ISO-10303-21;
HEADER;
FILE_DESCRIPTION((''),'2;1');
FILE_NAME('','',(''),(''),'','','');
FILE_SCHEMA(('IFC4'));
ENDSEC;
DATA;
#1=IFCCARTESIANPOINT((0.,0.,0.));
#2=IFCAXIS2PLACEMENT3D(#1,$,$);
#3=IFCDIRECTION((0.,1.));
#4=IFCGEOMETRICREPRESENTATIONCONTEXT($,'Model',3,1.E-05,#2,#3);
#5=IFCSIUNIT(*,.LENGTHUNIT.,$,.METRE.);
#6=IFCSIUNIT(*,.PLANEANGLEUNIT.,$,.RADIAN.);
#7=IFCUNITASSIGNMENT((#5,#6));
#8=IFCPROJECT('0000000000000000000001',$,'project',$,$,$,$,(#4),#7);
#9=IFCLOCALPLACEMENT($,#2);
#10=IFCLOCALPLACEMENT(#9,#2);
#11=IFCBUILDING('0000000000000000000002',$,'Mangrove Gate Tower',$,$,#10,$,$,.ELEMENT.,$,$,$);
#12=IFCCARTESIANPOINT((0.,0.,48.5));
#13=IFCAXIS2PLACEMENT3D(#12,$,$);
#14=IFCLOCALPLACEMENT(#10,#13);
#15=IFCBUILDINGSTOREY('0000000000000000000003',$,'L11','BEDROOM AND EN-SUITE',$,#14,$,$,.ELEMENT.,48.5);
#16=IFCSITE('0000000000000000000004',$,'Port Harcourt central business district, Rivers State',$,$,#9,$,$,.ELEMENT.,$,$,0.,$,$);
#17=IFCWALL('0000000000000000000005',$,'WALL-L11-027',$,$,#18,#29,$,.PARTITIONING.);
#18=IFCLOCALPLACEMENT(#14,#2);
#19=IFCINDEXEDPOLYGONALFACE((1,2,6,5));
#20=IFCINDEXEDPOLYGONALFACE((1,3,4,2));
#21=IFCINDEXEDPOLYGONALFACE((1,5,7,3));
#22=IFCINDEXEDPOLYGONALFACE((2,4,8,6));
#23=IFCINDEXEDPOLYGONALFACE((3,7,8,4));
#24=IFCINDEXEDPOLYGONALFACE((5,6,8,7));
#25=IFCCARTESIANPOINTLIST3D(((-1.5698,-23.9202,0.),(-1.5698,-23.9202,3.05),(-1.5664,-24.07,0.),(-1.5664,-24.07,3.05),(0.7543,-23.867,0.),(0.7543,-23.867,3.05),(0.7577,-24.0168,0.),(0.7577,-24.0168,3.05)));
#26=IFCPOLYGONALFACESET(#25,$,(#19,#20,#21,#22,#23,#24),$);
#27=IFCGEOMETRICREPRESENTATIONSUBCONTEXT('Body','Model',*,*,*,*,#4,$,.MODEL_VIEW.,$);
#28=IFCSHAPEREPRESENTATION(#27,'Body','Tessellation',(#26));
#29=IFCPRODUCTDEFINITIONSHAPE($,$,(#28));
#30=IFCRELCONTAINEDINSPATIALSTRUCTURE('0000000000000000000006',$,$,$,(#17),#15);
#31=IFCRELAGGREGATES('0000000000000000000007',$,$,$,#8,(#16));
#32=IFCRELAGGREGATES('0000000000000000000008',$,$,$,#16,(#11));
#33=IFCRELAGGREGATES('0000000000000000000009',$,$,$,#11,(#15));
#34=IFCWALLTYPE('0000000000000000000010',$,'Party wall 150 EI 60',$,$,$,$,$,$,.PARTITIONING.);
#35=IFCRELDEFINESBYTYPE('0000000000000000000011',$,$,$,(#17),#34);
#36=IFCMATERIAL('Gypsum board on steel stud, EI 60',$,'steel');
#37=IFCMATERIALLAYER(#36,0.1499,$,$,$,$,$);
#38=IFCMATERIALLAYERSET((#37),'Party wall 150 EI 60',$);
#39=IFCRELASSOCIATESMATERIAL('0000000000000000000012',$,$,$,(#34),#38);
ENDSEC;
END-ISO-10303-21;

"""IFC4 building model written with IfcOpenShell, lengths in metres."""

from ifc_helpers import new_model, si_unit, direction, frame, frame_2d, origin, place, context, subcontext, project, spatial, rectangle, extrude, material, layer, layer_set, type_object, element, save


model = new_model("IFC4")

# Units and contexts
model_context = context("Model", 3, precision=1e-05, world=origin(), true_north=direction((0.0, 1.0)))
body_context = subcontext(model_context, "Body", "Model", "MODEL_VIEW")
ifc_project = project(units=[si_unit("LENGTHUNIT", "METRE"), si_unit("PLANEANGLEUNIT", "RADIAN")], contexts=[model_context])

# Site, building, storey
site_placement = place(None, origin())
site = spatial("IfcSite", under=ifc_project, at=site_placement, Name="Port Harcourt central business district, Rivers State", CompositionType="ELEMENT", RefElevation=0.0)
building_placement = place(site_placement, origin())
building = spatial("IfcBuilding", under=site, at=building_placement, Name="Mangrove Gate Tower", CompositionType="ELEMENT")
storey_placement = place(building_placement, frame((0.0, 0.0, 48.5)))
storey = spatial("IfcBuildingStorey", under=building, at=storey_placement, Name="L11", Description="BEDROOM AND EN-SUITE", CompositionType="ELEMENT", Elevation=48.5)

# Shared definitions
ifc_material_1 = material(Name="Gypsum board on steel stud, EI 60", Category="steel")
ifc_layer_1 = layer(ifc_material_1, 0.1499)
ifc_layer_set_1 = layer_set([ifc_layer_1], Name="Party wall 150 EI 60")
wall_type_1 = type_object("IfcWallType", Name="Party wall 150 EI 60", PredefinedType="PARTITIONING", material=ifc_layer_set_1)

# Wall
wall_1_placement = place(storey_placement, frame((-1.5681, -23.9951, 0.0), z_axis=(0.0, 0.0, 1.0), x_axis=(0.999738, 0.022893, 0.0)))
element("IfcWall", 1, at=wall_1_placement, inside=storey, type_object=wall_type_1, Name="WALL-L11-027", PredefinedType="PARTITIONING", context=body_context, shape_type="SweptSolid", body=[
    extrude(rectangle(XDim=2.3247, YDim=0.1499, at=frame_2d((1.1624, 0.0))), origin(), (0.0, 0.0, 1.0), 3.05),
])

save(model, "model.ifc")
